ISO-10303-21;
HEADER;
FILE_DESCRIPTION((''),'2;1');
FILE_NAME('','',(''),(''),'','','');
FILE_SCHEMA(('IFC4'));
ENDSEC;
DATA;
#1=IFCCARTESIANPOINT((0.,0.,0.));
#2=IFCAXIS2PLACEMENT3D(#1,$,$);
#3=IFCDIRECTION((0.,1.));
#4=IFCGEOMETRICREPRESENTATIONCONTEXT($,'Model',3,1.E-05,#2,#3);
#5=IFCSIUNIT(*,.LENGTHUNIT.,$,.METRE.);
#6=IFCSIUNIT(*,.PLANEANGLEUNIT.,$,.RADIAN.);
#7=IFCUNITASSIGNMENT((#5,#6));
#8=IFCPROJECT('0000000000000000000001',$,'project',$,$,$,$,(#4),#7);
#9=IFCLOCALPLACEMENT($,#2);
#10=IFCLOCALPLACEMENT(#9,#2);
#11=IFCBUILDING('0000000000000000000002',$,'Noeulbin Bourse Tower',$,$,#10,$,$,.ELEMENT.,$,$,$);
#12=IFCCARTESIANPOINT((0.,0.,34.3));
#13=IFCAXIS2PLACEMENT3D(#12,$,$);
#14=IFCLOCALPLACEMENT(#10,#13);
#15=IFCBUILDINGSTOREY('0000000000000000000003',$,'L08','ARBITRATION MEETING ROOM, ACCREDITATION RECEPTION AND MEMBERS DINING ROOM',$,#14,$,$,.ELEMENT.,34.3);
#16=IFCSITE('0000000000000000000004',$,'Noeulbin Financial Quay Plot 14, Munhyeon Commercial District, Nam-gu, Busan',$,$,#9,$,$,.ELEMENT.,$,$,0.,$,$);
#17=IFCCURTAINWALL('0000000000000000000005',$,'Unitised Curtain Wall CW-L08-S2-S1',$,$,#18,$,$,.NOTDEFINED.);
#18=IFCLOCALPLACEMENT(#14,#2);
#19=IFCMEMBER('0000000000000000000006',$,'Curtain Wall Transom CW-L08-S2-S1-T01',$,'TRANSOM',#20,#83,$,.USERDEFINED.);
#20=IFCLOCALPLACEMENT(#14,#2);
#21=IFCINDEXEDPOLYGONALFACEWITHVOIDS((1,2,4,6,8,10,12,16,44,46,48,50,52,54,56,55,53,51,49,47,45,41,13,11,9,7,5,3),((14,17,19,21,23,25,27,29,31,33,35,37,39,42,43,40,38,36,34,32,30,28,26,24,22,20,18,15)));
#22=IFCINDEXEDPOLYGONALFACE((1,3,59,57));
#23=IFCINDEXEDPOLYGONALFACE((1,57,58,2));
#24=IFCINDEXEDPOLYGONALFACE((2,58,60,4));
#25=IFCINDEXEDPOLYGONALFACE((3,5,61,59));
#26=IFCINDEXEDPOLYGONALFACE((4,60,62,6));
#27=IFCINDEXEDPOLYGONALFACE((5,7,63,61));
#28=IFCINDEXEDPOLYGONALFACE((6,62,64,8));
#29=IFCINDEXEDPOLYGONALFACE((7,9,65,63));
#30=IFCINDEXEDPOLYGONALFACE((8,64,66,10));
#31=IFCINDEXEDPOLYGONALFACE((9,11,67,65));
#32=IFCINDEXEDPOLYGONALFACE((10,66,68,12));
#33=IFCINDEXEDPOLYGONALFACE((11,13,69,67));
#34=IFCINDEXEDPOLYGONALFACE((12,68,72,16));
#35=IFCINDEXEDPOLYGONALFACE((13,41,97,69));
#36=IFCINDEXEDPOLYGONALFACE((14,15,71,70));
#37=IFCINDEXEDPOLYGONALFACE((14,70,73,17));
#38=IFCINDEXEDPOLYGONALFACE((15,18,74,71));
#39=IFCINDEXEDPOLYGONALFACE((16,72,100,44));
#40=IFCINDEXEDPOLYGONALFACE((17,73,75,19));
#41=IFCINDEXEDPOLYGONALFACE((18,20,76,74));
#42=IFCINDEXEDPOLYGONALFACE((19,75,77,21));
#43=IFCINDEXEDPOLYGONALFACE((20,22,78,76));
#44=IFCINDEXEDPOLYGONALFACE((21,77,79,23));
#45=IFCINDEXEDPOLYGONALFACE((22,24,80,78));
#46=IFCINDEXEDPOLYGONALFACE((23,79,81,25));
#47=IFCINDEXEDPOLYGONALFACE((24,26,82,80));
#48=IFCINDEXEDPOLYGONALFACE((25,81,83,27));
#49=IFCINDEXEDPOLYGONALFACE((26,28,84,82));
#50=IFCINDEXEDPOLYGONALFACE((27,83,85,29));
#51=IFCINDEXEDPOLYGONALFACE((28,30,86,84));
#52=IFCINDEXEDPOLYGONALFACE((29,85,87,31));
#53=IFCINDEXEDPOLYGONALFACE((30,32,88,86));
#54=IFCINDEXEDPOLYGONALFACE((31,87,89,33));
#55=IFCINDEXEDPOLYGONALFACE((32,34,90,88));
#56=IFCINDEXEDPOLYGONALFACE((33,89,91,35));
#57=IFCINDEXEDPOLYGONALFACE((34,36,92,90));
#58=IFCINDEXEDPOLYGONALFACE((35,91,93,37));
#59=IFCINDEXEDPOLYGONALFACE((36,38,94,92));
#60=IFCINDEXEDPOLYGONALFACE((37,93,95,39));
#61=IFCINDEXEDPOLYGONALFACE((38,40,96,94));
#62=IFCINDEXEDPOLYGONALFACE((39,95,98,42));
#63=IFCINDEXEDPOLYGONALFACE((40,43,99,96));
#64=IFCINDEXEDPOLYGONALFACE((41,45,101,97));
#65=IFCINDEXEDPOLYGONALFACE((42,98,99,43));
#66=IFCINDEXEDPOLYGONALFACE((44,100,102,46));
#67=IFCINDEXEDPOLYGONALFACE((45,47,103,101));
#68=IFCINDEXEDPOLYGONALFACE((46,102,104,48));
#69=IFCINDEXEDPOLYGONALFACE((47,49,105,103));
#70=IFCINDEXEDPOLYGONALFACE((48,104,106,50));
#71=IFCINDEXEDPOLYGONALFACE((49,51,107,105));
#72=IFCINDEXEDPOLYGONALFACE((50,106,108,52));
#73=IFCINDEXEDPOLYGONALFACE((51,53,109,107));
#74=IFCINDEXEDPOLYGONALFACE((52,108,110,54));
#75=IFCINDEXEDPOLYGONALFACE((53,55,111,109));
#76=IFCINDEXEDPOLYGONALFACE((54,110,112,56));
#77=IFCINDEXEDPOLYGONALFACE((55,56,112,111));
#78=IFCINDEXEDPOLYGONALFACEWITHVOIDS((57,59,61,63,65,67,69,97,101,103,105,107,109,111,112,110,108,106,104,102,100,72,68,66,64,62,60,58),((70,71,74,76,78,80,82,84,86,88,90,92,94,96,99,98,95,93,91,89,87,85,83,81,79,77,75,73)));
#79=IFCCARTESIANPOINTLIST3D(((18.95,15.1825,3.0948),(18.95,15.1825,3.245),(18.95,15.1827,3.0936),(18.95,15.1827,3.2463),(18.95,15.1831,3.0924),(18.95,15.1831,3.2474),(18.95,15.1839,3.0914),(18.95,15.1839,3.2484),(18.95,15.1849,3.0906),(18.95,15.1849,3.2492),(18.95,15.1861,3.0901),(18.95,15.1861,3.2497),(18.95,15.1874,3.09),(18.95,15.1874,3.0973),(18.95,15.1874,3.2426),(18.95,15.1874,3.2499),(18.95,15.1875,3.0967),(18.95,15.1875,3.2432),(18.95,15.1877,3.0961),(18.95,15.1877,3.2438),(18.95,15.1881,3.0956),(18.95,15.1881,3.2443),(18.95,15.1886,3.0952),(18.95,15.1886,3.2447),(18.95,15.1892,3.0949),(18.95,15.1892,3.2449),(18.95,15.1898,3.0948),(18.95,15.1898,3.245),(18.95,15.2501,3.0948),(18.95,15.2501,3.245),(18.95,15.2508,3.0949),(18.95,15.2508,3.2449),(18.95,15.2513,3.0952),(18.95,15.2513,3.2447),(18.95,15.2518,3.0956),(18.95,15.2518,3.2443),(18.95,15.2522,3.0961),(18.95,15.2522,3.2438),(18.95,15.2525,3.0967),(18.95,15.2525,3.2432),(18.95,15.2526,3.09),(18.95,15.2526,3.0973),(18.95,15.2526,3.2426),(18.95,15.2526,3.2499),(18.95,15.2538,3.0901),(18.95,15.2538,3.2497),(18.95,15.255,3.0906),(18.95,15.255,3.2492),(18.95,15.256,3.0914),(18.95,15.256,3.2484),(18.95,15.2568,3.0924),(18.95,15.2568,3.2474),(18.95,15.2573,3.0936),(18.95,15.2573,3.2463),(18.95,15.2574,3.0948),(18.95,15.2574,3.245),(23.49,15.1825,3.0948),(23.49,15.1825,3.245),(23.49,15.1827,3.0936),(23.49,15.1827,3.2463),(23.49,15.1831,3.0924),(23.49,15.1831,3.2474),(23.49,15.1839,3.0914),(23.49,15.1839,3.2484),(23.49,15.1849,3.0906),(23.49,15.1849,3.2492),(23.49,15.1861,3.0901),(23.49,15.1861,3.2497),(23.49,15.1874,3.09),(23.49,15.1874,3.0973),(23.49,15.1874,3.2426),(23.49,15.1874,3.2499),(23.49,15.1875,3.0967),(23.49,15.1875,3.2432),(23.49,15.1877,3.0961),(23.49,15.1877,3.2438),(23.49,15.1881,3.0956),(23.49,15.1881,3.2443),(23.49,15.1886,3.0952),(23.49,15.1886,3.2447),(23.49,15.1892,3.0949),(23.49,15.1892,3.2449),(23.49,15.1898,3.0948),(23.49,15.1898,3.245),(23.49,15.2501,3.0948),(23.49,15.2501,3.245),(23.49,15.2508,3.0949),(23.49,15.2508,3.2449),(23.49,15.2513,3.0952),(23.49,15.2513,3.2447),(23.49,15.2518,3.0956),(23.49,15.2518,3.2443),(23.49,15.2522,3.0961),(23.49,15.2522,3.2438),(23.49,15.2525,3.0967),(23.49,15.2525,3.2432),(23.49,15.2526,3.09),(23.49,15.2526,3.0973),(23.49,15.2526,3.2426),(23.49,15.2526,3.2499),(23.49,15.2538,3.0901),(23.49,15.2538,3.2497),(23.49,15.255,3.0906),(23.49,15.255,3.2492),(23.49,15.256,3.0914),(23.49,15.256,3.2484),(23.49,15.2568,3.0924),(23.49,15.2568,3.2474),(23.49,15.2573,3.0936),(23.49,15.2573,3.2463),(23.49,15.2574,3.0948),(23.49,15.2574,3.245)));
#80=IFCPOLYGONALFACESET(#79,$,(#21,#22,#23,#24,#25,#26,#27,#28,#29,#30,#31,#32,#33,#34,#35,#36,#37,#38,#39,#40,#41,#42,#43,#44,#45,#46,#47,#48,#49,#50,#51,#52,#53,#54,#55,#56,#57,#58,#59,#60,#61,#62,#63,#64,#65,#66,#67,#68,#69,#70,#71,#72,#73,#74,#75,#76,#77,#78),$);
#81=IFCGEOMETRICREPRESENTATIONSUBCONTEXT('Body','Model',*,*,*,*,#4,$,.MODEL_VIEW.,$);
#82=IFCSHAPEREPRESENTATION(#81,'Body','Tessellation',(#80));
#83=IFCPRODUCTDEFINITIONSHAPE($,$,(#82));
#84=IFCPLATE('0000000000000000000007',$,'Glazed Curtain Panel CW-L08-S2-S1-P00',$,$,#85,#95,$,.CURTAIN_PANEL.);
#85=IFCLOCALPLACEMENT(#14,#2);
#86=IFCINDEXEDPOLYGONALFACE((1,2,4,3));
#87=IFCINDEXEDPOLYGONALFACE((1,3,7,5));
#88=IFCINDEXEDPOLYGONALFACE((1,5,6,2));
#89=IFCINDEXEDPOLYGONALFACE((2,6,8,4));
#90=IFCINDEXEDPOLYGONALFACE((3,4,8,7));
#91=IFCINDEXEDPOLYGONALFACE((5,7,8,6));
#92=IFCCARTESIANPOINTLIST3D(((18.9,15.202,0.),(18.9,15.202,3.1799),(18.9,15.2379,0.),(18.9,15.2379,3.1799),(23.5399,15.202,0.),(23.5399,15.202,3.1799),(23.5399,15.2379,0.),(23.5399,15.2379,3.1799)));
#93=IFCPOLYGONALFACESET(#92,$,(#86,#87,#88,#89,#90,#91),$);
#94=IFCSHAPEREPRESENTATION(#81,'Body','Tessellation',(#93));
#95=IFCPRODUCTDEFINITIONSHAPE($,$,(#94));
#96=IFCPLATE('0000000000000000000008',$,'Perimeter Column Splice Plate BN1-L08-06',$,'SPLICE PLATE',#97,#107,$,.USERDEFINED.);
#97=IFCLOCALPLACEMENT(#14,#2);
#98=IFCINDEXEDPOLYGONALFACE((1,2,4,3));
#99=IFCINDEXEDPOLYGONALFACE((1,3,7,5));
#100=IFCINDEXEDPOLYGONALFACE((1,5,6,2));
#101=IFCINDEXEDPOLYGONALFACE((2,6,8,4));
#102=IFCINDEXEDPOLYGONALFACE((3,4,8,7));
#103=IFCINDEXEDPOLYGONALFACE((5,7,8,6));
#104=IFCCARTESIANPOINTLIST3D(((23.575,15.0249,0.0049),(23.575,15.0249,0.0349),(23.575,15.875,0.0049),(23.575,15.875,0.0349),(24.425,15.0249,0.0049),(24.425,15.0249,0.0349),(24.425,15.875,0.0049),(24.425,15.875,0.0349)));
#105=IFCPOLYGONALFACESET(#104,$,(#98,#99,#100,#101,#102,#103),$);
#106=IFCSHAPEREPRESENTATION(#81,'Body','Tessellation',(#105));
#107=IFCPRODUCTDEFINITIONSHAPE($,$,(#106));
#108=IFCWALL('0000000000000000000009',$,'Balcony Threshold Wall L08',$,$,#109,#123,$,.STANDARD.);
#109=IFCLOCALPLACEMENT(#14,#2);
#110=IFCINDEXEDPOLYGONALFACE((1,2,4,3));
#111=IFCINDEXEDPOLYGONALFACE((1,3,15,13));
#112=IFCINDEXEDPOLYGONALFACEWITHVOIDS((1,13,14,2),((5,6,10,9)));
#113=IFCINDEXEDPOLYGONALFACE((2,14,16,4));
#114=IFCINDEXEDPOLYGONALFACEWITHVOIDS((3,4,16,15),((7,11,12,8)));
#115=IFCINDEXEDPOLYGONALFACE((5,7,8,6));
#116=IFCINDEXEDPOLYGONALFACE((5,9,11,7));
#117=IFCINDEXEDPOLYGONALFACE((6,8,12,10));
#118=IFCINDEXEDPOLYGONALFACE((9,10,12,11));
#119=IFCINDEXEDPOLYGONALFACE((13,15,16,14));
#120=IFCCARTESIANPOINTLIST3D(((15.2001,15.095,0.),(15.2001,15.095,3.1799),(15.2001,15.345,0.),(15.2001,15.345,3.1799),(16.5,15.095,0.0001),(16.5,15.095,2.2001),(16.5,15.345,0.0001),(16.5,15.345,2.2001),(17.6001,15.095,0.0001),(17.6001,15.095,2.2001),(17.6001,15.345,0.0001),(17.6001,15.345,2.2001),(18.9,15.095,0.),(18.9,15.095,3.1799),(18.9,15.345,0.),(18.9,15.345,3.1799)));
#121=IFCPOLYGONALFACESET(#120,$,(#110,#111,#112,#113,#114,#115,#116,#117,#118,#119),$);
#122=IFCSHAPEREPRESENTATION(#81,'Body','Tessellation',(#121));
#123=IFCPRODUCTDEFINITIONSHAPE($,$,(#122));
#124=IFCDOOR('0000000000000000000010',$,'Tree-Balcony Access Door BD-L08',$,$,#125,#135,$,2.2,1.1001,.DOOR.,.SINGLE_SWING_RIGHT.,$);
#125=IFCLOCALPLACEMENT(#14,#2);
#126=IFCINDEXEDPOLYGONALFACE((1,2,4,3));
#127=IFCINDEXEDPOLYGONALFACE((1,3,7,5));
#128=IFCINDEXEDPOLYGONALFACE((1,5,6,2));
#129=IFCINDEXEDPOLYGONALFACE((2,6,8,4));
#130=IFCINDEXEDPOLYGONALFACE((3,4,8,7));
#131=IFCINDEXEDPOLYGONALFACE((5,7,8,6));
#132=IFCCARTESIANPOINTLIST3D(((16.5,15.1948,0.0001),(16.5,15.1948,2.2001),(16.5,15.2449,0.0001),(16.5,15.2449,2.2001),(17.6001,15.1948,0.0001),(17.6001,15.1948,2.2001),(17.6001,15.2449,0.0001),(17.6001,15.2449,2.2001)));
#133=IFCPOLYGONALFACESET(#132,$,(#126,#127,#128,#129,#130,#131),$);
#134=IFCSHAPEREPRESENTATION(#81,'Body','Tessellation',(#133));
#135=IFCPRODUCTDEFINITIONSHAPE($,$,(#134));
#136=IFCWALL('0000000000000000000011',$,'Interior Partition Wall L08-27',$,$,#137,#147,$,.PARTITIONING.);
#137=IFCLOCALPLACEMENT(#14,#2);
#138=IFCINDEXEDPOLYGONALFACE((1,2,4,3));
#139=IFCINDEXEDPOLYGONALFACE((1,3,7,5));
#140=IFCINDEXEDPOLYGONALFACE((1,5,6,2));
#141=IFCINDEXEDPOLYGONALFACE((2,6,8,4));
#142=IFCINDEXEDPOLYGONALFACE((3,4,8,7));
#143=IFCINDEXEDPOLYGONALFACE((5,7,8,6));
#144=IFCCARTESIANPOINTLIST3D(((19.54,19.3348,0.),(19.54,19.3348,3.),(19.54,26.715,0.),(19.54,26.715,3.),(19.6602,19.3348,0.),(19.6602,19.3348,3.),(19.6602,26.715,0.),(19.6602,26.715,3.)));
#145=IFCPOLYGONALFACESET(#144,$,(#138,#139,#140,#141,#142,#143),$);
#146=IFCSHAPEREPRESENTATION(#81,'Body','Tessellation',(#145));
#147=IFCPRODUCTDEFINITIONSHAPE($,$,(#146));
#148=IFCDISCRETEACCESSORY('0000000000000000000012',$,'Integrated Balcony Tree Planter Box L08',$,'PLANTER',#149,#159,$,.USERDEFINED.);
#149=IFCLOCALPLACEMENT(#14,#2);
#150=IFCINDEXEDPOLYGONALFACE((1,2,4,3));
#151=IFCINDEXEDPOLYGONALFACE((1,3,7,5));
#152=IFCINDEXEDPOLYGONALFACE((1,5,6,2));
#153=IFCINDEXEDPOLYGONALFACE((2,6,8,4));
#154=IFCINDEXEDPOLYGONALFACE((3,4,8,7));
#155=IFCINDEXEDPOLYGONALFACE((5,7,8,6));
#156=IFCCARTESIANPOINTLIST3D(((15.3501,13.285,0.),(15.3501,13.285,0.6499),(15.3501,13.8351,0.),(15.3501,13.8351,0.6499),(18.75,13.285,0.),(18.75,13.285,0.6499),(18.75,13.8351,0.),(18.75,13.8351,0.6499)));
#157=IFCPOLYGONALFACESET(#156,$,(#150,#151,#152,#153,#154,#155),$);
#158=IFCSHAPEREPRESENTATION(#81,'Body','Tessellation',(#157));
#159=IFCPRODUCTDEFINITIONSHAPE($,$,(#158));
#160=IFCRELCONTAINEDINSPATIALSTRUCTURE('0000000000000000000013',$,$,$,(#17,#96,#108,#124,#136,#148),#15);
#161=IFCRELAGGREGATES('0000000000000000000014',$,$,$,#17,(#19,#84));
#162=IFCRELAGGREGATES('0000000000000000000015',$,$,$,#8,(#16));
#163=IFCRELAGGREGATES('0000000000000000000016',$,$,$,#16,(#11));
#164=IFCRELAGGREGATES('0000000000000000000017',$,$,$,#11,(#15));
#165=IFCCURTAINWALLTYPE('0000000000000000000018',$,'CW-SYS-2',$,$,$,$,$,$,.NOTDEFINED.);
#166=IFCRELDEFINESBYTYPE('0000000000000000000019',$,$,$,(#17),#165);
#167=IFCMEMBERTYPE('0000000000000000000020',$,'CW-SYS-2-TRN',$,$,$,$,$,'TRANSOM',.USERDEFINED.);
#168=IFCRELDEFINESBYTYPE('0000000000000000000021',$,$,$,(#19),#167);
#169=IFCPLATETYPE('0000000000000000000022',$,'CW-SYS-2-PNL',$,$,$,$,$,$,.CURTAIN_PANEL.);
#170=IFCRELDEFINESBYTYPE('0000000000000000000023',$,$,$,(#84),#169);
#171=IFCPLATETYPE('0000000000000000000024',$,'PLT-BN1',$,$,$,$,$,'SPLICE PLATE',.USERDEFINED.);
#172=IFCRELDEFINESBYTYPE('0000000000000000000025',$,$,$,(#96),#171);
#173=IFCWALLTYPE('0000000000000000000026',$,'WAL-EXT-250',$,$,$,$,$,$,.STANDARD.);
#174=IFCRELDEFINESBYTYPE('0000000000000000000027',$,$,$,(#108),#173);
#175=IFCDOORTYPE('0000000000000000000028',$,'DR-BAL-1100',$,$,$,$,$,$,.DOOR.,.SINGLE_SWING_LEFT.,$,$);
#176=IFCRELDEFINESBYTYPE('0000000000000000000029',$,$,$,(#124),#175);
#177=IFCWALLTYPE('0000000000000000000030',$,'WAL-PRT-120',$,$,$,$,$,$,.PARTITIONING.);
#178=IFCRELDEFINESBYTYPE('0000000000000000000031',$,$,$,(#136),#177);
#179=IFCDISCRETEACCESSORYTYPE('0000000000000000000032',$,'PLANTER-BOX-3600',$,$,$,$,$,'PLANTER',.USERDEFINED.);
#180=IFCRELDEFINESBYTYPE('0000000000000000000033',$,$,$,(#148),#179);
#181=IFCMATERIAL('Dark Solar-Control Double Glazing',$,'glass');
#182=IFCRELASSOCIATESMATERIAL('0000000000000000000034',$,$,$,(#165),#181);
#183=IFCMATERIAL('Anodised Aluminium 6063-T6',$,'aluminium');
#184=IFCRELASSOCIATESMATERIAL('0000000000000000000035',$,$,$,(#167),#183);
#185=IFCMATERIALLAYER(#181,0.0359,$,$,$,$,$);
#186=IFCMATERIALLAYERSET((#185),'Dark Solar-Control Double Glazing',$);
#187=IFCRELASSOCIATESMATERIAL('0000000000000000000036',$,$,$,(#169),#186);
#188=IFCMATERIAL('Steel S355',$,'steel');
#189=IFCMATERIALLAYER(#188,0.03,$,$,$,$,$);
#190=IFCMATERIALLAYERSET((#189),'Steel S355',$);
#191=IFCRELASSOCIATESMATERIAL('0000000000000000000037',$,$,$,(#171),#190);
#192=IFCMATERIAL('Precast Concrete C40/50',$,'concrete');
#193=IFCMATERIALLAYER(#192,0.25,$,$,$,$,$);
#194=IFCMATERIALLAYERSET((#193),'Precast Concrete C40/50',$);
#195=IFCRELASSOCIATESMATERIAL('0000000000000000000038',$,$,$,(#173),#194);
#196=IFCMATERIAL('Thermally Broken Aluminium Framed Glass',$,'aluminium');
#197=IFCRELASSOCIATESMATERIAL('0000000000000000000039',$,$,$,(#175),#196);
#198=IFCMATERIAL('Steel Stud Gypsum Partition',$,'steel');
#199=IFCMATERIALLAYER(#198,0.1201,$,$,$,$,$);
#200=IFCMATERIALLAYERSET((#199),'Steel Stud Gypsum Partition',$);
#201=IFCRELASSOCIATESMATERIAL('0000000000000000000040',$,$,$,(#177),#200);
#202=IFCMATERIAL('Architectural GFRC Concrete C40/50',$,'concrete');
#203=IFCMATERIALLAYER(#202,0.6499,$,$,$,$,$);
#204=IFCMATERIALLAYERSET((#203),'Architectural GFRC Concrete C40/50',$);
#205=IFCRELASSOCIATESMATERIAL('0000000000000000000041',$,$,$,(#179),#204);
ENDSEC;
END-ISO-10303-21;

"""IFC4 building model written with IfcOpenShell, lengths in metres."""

from ifc_helpers import new_model, si_unit, direction, frame, frame_2d, origin, origin_2d, place, context, subcontext, project, spatial, rectangle, hollow_rectangle, extrude, material, layer, layer_set, material_profile, profile_set, type_object, element, fill, aggregate, save


model = new_model("IFC4")

# Units and contexts
model_context = context("Model", 3, precision=1e-05, world=origin(), true_north=direction((0.0, 1.0)))
body_context = subcontext(model_context, "Body", "Model", "MODEL_VIEW")
ifc_project = project(units=[si_unit("LENGTHUNIT", "METRE"), si_unit("PLANEANGLEUNIT", "RADIAN")], contexts=[model_context])

# Site, building, storey
site_placement = place(None, origin())
site = spatial("IfcSite", under=ifc_project, at=site_placement, Name="Noeulbin Financial Quay Plot 14, Munhyeon Commercial District, Nam-gu, Busan", CompositionType="ELEMENT", RefElevation=0.0)
building_placement = place(site_placement, origin())
building = spatial("IfcBuilding", under=site, at=building_placement, Name="Noeulbin Bourse Tower", CompositionType="ELEMENT")
storey_placement = place(building_placement, frame((0.0, 0.0, 34.3)))
storey = spatial("IfcBuildingStorey", under=building, at=storey_placement, Name="L08", Description="ARBITRATION MEETING ROOM, ACCREDITATION RECEPTION AND MEMBERS DINING ROOM", CompositionType="ELEMENT", Elevation=34.3)

# Shared definitions
ifc_material_1 = material(Name="Steel S355", Category="steel")

# Shared definitions
ifc_material_2 = material(Name="Dark Solar-Control Double Glazing", Category="glass")
curtain_wall_type = type_object("IfcCurtainWallType", Name="CW-SYS-2", PredefinedType="NOTDEFINED", material=ifc_material_2)
ifc_material_3 = material(Name="Anodised Aluminium 6063-T6", Category="aluminium")

# Curtain wall, member, plate
curtain_wall_1_placement = place(storey_placement, origin())
curtain_wall_1 = element("IfcCurtainWall", 1, at=curtain_wall_1_placement, inside=storey, type_object=curtain_wall_type, Name="Unitised Curtain Wall CW-L08-S2-S1", PredefinedType="NOTDEFINED")
ifc_material_profile_1 = material_profile(ifc_material_3, hollow_rectangle(XDim=0.075, YDim=0.1599, WallThickness=0.0049, InnerFilletRadius=0.0024, OuterFilletRadius=0.0049, at=origin_2d()), Name="ALU-TRAN-75x160x5", Category="LoadBearing")
ifc_profile_set_1 = profile_set([ifc_material_profile_1], Name="Anodised Aluminium 6063-T6")
member_type_1 = type_object("IfcMemberType", Name="CW-SYS-2-TRN", ElementType="TRANSOM", PredefinedType="USERDEFINED", material=ifc_profile_set_1)
member_1_placement = place(storey_placement, frame((18.95, 15.22, 3.1699), z_axis=(1.0, 0.0, 0.0), x_axis=(0.0, 1.0, 0.0)))
member_1 = element("IfcMember", 2, at=member_1_placement, type_object=member_type_1, Name="Curtain Wall Transom CW-L08-S2-S1-T01", ObjectType="TRANSOM", PredefinedType="USERDEFINED", context=body_context, shape_type="SweptSolid", body=[
    extrude(hollow_rectangle(XDim=0.075, YDim=0.1599, WallThickness=0.0049, InnerFilletRadius=0.0024, OuterFilletRadius=0.0049, at=origin_2d()), origin(), (0.0, 0.0, 1.0), 4.54),
])
ifc_layer_1 = layer(ifc_material_2, 0.0359)
ifc_layer_set_1 = layer_set([ifc_layer_1], Name="Dark Solar-Control Double Glazing")
plate_type_1 = type_object("IfcPlateType", Name="CW-SYS-2-PNL", PredefinedType="CURTAIN_PANEL", material=ifc_layer_set_1)
plate_1_placement = place(storey_placement, frame((21.22, 15.22, 0.0), z_axis=(0.0, 0.0, 1.0), x_axis=(1.0, 0.0, 0.0)))
plate_1 = element("IfcPlate", 3, at=plate_1_placement, type_object=plate_type_1, Name="Glazed Curtain Panel CW-L08-S2-S1-P00", PredefinedType="CURTAIN_PANEL", context=body_context, shape_type="SweptSolid", body=[
    extrude(rectangle(XDim=4.6399, YDim=0.0359, at=origin_2d()), origin(), (0.0, 0.0, 1.0), 3.1799),
])
aggregate(curtain_wall_1, [member_1, plate_1])

# Plate
ifc_layer_2 = layer(ifc_material_1, 0.03)
ifc_layer_set_2 = layer_set([ifc_layer_2], Name="Steel S355")
plate_type_2 = type_object("IfcPlateType", Name="PLT-BN1", ElementType="SPLICE PLATE", PredefinedType="USERDEFINED", material=ifc_layer_set_2)
plate_2_placement = place(storey_placement, frame((24.0, 15.45, 0.0049), z_axis=(0.0, 0.0, 1.0), x_axis=(1.0, 0.0, 0.0)))
element("IfcPlate", 4, at=plate_2_placement, inside=storey, type_object=plate_type_2, Name="Perimeter Column Splice Plate BN1-L08-06", ObjectType="SPLICE PLATE", PredefinedType="USERDEFINED", context=body_context, shape_type="SweptSolid", body=[
    extrude(rectangle(XDim=0.8501, YDim=0.8501, at=origin_2d()), origin(), (0.0, 0.0, 1.0), 0.03),
])

# Wall, opening, door
ifc_material_4 = material(Name="Precast Concrete C40/50", Category="concrete")
ifc_layer_3 = layer(ifc_material_4, 0.25)
ifc_layer_set_3 = layer_set([ifc_layer_3], Name="Precast Concrete C40/50")
wall_type_1 = type_object("IfcWallType", Name="WAL-EXT-250", PredefinedType="STANDARD", material=ifc_layer_set_3)
wall_1_placement = place(storey_placement, frame((15.2, 15.22, 0.0), z_axis=(0.0, 0.0, 1.0), x_axis=(1.0, 0.0, 0.0)))
wall_1 = element("IfcWall", 5, at=wall_1_placement, inside=storey, type_object=wall_type_1, Name="Balcony Threshold Wall L08", PredefinedType="STANDARD", context=body_context, shape_type="SweptSolid", body=[
    extrude(rectangle(XDim=3.7, YDim=0.25, at=frame_2d((1.8501, 0.0))), origin(), (0.0, 0.0, 1.0), 3.1799),
])
opening_placement = place(wall_1_placement, frame((1.3, 0.0, 0.0)))
opening = element("IfcOpeningElement", 6, at=opening_placement, cuts=wall_1, PredefinedType="OPENING", context=body_context, shape_type="SweptSolid", body=[
    extrude(rectangle(XDim=1.1001, YDim=2.2, at=frame_2d((0.55, 1.1001))), frame((0.0, 0.135, 0.0), z_axis=(0.0, -1.0, 0.0), x_axis=(1.0, 0.0, 0.0)), (0.0, 0.0, 1.0), 0.27),
])
ifc_material_5 = material(Name="Thermally Broken Aluminium Framed Glass", Category="aluminium")
door_type = type_object("IfcDoorType", Name="DR-BAL-1100", OperationType="SINGLE_SWING_LEFT", PredefinedType="DOOR", material=ifc_material_5)
door_placement = place(opening_placement, origin())
door = element("IfcDoor", 7, at=door_placement, inside=storey, type_object=door_type, Name="Tree-Balcony Access Door BD-L08", OperationType="SINGLE_SWING_RIGHT", OverallHeight=2.2, OverallWidth=1.1001, PredefinedType="DOOR", context=body_context, shape_type="SweptSolid", body=[
    extrude(rectangle(XDim=1.1001, YDim=2.2, at=frame_2d((0.55, 1.1001))), frame((0.0, 0.0249, 0.0), z_axis=(0.0, -1.0, 0.0), x_axis=(1.0, 0.0, 0.0)), (0.0, 0.0, 1.0), 0.05),
])
fill(opening, door)

# Wall
ifc_material_6 = material(Name="Steel Stud Gypsum Partition", Category="steel")
ifc_layer_4 = layer(ifc_material_6, 0.1201)
ifc_layer_set_4 = layer_set([ifc_layer_4], Name="Steel Stud Gypsum Partition")
wall_type_2 = type_object("IfcWallType", Name="WAL-PRT-120", PredefinedType="PARTITIONING", material=ifc_layer_set_4)
wall_2_placement = place(storey_placement, frame((19.6001, 19.335, 0.0), z_axis=(0.0, 0.0, 1.0), x_axis=(0.0, 1.0, 0.0)))
element("IfcWall", 8, at=wall_2_placement, inside=storey, type_object=wall_type_2, Name="Interior Partition Wall L08-27", PredefinedType="PARTITIONING", context=body_context, shape_type="SweptSolid", body=[
    extrude(rectangle(XDim=7.3801, YDim=0.1201, at=frame_2d((3.6899, 0.0))), origin(), (0.0, 0.0, 1.0), 3.0),
])

# Discrete accessory
ifc_material_7 = material(Name="Architectural GFRC Concrete C40/50", Category="concrete")
ifc_layer_5 = layer(ifc_material_7, 0.6499)
ifc_layer_set_5 = layer_set([ifc_layer_5], Name="Architectural GFRC Concrete C40/50")
discrete_accessory_type = type_object("IfcDiscreteAccessoryType", Name="PLANTER-BOX-3600", ElementType="PLANTER", PredefinedType="USERDEFINED", material=ifc_layer_set_5)
discrete_accessory_placement = place(storey_placement, frame((17.05, 13.5601, 0.0), z_axis=(0.0, 0.0, 1.0), x_axis=(1.0, 0.0, 0.0)))
element("IfcDiscreteAccessory", 9, at=discrete_accessory_placement, inside=storey, type_object=discrete_accessory_type, Name="Integrated Balcony Tree Planter Box L08", ObjectType="PLANTER", PredefinedType="USERDEFINED", context=body_context, shape_type="SweptSolid", body=[
    extrude(rectangle(XDim=3.3999, YDim=0.55, at=origin_2d()), origin(), (0.0, 0.0, 1.0), 0.6499),
])

save(model, "model.ifc")
